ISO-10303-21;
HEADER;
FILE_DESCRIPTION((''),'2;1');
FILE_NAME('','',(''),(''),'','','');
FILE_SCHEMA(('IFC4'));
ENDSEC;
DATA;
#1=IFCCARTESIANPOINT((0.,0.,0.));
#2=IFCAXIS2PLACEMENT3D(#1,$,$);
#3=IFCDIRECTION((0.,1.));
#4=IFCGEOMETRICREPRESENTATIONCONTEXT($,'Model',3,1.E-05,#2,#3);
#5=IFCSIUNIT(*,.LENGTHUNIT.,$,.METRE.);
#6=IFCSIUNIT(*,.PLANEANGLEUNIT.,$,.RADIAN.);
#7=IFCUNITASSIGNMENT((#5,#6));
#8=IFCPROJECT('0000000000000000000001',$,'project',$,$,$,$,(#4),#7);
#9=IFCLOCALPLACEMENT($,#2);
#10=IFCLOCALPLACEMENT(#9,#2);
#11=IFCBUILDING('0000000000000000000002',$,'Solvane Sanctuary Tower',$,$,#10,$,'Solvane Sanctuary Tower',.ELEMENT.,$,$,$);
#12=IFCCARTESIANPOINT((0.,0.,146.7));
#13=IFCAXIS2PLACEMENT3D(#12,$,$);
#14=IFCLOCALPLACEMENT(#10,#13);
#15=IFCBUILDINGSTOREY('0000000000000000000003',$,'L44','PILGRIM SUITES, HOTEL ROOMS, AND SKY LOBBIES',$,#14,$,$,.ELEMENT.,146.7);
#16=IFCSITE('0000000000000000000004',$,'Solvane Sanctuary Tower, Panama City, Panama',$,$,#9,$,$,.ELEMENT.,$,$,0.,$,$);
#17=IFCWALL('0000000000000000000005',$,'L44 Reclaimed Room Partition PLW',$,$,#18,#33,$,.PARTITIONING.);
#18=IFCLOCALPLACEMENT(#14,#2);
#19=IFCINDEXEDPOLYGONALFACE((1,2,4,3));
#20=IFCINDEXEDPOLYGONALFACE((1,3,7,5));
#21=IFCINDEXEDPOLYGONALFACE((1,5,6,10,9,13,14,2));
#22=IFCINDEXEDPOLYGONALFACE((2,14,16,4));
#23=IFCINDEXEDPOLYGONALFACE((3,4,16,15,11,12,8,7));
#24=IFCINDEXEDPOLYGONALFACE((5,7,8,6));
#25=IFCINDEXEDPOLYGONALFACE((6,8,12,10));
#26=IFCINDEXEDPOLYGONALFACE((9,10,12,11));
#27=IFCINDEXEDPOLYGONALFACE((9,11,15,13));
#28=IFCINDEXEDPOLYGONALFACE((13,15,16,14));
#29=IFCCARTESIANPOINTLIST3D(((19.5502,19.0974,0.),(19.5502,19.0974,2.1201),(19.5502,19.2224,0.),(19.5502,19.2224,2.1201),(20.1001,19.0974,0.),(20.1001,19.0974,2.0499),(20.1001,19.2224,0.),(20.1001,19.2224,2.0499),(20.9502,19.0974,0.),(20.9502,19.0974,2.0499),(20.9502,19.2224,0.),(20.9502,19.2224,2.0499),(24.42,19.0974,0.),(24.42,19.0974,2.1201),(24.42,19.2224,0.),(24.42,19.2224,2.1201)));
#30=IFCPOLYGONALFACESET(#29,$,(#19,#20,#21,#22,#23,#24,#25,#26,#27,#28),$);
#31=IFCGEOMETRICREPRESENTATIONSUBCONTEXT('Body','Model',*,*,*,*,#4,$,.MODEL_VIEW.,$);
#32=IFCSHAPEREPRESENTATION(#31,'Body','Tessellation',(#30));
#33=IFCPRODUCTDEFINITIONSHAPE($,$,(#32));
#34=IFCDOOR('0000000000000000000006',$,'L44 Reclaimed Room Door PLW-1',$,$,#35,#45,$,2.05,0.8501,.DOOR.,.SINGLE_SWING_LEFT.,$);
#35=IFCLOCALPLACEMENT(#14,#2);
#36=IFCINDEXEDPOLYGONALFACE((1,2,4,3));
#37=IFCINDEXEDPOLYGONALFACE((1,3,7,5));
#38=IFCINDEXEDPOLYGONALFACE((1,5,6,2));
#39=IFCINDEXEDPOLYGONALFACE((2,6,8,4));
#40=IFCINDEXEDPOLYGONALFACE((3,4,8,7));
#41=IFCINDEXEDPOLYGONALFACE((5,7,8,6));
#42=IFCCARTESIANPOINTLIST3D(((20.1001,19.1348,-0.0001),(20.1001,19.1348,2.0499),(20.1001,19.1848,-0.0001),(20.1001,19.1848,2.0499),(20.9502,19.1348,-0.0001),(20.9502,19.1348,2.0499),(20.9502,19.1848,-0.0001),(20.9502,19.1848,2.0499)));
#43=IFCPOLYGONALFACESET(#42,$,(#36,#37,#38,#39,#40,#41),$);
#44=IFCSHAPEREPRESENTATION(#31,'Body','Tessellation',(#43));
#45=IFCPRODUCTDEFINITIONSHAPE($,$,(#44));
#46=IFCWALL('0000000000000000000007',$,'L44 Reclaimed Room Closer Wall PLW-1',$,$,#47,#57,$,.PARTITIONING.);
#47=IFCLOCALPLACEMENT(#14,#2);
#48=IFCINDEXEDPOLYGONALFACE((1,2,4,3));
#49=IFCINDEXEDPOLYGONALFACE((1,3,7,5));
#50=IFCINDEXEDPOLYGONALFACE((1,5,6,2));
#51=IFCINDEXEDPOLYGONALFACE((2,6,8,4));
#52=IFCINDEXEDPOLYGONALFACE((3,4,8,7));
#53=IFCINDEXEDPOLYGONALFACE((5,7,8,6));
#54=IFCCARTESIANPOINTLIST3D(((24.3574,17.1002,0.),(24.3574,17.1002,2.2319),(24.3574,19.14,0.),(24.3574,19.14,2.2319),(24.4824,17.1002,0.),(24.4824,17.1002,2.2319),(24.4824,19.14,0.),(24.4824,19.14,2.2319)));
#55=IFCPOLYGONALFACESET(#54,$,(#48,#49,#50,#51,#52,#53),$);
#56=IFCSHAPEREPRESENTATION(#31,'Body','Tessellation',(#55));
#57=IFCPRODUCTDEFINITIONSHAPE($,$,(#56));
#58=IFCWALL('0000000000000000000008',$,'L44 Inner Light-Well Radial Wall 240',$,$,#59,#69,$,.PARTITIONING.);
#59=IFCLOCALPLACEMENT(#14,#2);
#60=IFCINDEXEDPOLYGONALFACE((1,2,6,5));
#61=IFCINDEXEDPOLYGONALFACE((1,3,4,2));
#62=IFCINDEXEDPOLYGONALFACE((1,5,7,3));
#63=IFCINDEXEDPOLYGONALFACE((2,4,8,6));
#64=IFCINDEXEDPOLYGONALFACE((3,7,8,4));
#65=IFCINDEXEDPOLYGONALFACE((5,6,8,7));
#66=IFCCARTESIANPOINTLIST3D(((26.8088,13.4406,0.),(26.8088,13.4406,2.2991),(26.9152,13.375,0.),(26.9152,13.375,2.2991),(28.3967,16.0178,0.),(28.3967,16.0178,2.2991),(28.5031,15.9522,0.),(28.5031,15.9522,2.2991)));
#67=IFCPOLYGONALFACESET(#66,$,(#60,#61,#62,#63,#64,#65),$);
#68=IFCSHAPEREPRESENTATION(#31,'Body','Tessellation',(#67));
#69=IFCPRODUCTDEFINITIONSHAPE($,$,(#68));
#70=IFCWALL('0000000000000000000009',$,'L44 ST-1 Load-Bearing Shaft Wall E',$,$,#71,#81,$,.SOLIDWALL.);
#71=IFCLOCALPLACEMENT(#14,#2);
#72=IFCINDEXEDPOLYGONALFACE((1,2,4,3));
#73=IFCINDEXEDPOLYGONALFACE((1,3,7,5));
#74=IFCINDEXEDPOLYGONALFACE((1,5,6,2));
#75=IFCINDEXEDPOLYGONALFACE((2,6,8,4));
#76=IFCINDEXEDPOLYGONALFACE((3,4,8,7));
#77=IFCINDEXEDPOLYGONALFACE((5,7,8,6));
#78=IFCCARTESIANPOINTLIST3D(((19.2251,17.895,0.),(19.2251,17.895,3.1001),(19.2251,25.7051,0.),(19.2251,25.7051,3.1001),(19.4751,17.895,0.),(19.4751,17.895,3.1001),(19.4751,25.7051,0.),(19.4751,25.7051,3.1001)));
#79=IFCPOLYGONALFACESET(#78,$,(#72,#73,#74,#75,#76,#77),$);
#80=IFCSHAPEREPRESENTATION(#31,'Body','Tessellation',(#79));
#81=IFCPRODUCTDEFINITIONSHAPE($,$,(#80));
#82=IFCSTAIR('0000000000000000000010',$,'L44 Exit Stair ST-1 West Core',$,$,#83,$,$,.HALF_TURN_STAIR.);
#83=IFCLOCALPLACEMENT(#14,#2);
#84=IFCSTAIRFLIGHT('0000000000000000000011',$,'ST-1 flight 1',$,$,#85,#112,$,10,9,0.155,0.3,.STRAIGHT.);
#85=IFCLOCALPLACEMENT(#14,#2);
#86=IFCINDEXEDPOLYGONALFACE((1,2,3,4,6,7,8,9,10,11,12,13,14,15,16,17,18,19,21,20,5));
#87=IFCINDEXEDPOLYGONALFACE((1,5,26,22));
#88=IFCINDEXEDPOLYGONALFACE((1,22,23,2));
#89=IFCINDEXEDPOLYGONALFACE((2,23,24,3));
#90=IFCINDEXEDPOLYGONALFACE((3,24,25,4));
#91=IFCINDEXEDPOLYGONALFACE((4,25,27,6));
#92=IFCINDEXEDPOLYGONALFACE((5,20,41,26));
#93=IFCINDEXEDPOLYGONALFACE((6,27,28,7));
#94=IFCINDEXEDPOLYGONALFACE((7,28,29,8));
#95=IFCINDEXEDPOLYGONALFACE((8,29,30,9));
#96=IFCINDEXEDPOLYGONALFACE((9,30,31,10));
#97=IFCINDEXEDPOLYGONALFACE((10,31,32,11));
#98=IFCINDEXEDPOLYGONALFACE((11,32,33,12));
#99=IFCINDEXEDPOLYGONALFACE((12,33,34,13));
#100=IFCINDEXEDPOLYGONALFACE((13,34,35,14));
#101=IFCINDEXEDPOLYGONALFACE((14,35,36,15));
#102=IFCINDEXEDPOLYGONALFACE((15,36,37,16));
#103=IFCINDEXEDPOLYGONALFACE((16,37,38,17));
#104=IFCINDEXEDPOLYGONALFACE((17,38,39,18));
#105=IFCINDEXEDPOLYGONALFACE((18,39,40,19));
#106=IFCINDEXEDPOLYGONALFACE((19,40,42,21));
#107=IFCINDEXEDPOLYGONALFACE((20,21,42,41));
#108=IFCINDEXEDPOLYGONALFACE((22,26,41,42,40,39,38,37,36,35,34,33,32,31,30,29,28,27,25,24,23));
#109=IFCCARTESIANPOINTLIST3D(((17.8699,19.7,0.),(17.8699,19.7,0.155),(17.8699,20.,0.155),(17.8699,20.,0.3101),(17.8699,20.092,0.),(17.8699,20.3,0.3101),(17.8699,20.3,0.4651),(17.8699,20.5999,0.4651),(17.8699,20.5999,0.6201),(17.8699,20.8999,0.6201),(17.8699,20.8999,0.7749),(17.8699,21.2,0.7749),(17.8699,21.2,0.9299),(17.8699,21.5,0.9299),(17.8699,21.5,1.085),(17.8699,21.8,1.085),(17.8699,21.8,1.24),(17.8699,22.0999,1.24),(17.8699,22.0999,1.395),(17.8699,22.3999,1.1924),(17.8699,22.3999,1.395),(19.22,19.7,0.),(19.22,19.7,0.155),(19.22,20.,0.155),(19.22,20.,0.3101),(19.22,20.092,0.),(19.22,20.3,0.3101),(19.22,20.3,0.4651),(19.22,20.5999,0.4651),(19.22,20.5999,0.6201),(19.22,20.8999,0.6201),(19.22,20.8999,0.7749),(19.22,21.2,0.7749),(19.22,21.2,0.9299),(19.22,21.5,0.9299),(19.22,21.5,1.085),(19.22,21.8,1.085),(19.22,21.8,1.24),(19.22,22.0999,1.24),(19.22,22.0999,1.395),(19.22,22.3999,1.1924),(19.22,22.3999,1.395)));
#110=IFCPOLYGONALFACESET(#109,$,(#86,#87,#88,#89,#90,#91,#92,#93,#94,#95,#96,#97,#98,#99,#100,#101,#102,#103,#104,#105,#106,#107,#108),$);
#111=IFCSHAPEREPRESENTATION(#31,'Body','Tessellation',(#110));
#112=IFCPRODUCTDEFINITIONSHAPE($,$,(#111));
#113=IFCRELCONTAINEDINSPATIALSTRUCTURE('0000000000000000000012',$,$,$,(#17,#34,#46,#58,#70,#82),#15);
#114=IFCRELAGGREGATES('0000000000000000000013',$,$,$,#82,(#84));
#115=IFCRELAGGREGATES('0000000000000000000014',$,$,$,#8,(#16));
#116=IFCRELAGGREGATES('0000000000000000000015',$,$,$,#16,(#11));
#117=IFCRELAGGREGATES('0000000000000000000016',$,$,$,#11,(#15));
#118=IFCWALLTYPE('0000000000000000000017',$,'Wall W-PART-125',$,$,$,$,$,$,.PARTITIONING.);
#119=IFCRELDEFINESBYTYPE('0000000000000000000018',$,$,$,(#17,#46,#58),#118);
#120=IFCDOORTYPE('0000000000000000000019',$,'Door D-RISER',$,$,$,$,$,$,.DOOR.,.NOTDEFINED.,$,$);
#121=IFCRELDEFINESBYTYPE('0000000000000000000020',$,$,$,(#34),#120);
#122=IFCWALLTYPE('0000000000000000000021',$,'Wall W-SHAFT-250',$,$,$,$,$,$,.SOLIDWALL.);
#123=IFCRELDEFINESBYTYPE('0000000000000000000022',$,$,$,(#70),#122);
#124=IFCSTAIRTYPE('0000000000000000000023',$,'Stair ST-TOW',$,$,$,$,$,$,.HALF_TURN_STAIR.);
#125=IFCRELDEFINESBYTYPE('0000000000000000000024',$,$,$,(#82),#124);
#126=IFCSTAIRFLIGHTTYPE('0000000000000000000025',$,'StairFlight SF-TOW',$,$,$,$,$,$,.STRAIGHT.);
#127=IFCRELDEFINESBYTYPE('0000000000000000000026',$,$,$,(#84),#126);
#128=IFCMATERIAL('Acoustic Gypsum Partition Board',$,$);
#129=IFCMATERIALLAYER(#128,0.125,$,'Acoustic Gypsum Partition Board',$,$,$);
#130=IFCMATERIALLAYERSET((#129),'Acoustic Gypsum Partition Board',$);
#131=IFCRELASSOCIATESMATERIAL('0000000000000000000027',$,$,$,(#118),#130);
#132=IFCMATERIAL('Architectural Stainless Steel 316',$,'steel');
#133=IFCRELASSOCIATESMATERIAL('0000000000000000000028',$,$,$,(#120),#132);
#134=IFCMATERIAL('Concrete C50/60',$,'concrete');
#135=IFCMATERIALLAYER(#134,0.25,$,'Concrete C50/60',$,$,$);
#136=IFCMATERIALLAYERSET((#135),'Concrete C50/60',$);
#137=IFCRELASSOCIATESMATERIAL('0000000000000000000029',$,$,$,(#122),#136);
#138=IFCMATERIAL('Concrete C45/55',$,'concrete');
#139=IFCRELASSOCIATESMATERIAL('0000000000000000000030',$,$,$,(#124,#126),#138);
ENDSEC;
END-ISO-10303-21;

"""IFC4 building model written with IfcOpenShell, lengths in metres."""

from ifc_helpers import new_model, si_unit, direction, frame, frame_2d, origin, place, context, subcontext, project, spatial, polyline, rectangle, outline, extrude, material, layer, layer_set, type_object, element, fill, aggregate, save


model = new_model("IFC4")

# Units and contexts
model_context = context("Model", 3, precision=1e-05, world=origin(), true_north=direction((0.0, 1.0)))
body_context = subcontext(model_context, "Body", "Model", "MODEL_VIEW")
ifc_project = project(units=[si_unit("LENGTHUNIT", "METRE"), si_unit("PLANEANGLEUNIT", "RADIAN")], contexts=[model_context])

# Site, building, storey
site_placement = place(None, origin())
site = spatial("IfcSite", under=ifc_project, at=site_placement, Name="Solvane Sanctuary Tower, Panama City, Panama", CompositionType="ELEMENT", RefElevation=0.0)
building_placement = place(site_placement, origin())
building = spatial("IfcBuilding", under=site, at=building_placement, Name="Solvane Sanctuary Tower", LongName="Solvane Sanctuary Tower", CompositionType="ELEMENT")
storey_placement = place(building_placement, frame((0.0, 0.0, 146.7)))
storey = spatial("IfcBuildingStorey", under=building, at=storey_placement, Name="L44", Description="PILGRIM SUITES, HOTEL ROOMS, AND SKY LOBBIES", CompositionType="ELEMENT", Elevation=146.7)

# Shared definitions
ifc_material_1 = material(Name="Concrete C50/60", Category="concrete")

# Wall, opening, door
ifc_material_2 = material(Name="Acoustic Gypsum Partition Board")
ifc_layer_1 = layer(ifc_material_2, 0.125, Name="Acoustic Gypsum Partition Board")
ifc_layer_set_1 = layer_set([ifc_layer_1], Name="Acoustic Gypsum Partition Board")
wall_type_1 = type_object("IfcWallType", Name="Wall W-PART-125", PredefinedType="PARTITIONING", material=ifc_layer_set_1)
wall_1_placement = place(storey_placement, frame((19.55, 19.1599, 0.0), z_axis=(0.0, 0.0, 1.0), x_axis=(1.0, 0.0, 0.0)))
wall_1 = element("IfcWall", 1, at=wall_1_placement, inside=storey, type_object=wall_type_1, Name="L44 Reclaimed Room Partition PLW", PredefinedType="PARTITIONING", context=body_context, shape_type="SweptSolid", body=[
    extrude(rectangle(XDim=4.8699, YDim=0.125, at=frame_2d((2.4351, 0.0))), origin(), (0.0, 0.0, 1.0), 2.1201),
])
opening_placement = place(wall_1_placement, frame((0.55, 0.0, 0.0)))
opening = element("IfcOpeningElement", 2, at=opening_placement, cuts=wall_1, PredefinedType="OPENING", context=body_context, shape_type="SweptSolid", body=[
    extrude(rectangle(XDim=0.8501, YDim=2.05, at=frame_2d((0.425, 1.0249))), frame((0.0, 0.0725, 0.0), z_axis=(0.0, -1.0, 0.0), x_axis=(1.0, 0.0, 0.0)), (0.0, 0.0, 1.0), 0.145),
])
ifc_material_3 = material(Name="Architectural Stainless Steel 316", Category="steel")
door_type = type_object("IfcDoorType", Name="Door D-RISER", OperationType="NOTDEFINED", PredefinedType="DOOR", material=ifc_material_3)
door_placement = place(opening_placement, origin())
door = element("IfcDoor", 3, at=door_placement, inside=storey, type_object=door_type, Name="L44 Reclaimed Room Door PLW-1", OperationType="SINGLE_SWING_LEFT", OverallHeight=2.05, OverallWidth=0.8501, PredefinedType="DOOR", context=body_context, shape_type="SweptSolid", body=[
    extrude(rectangle(XDim=0.8501, YDim=2.05, at=frame_2d((0.425, 1.0249))), frame((0.0, 0.0249, 0.0), z_axis=(0.0, -1.0, 0.0), x_axis=(1.0, 0.0, 0.0)), (0.0, 0.0, 1.0), 0.05),
])
fill(opening, door)

# Walls
wall_2_placement = place(storey_placement, frame((24.4199, 17.1001, 0.0), z_axis=(0.0, 0.0, 1.0), x_axis=(0.0, 1.0, 0.0)))
element("IfcWall", 4, at=wall_2_placement, inside=storey, type_object=wall_type_1, Name="L44 Reclaimed Room Closer Wall PLW-1", PredefinedType="PARTITIONING", context=body_context, shape_type="SweptSolid", body=[
    extrude(rectangle(XDim=2.0398, YDim=0.125, at=frame_2d((1.02, 0.0))), origin(), (0.0, 0.0, 1.0), 2.2319),
])
wall_3_placement = place(storey_placement, frame((28.45, 15.9851, 0.0), z_axis=(0.0, 0.0, 1.0), x_axis=(-0.524565, -0.85137, 0.0)))
element("IfcWall", 5, at=wall_3_placement, inside=storey, type_object=wall_type_1, Name="L44 Inner Light-Well Radial Wall 240", PredefinedType="PARTITIONING", context=body_context, shape_type="SweptSolid", body=[
    extrude(rectangle(XDim=3.0271, YDim=0.125, at=frame_2d((1.5137, 0.0))), origin(), (0.0, 0.0, 1.0), 2.2991),
])
ifc_layer_2 = layer(ifc_material_1, 0.25, Name="Concrete C50/60")
ifc_layer_set_2 = layer_set([ifc_layer_2], Name="Concrete C50/60")
wall_type_2 = type_object("IfcWallType", Name="Wall W-SHAFT-250", PredefinedType="SOLIDWALL", material=ifc_layer_set_2)
wall_4_placement = place(storey_placement, frame((19.3501, 17.895, 0.0), z_axis=(0.0, 0.0, 1.0), x_axis=(0.0, 1.0, 0.0)))
element("IfcWall", 6, at=wall_4_placement, inside=storey, type_object=wall_type_2, Name="L44 ST-1 Load-Bearing Shaft Wall E", PredefinedType="SOLIDWALL", context=body_context, shape_type="SweptSolid", body=[
    extrude(rectangle(XDim=7.8101, YDim=0.25, at=frame_2d((3.905, 0.0))), origin(), (0.0, 0.0, 1.0), 3.1001),
])

# Stair, stair flight
ifc_material_4 = material(Name="Concrete C45/55", Category="concrete")
stair_type = type_object("IfcStairType", Name="Stair ST-TOW", PredefinedType="HALF_TURN_STAIR", material=ifc_material_4)
stair_placement = place(storey_placement, origin())
stair = element("IfcStair", 7, at=stair_placement, inside=storey, type_object=stair_type, Name="L44 Exit Stair ST-1 West Core", PredefinedType="HALF_TURN_STAIR")
stair_flight_type = type_object("IfcStairFlightType", Name="StairFlight SF-TOW", PredefinedType="STRAIGHT", material=ifc_material_4)
stair_flight_placement = place(storey_placement, frame((18.5449, 19.7, 0.0), z_axis=(0.0, 0.0, 1.0), x_axis=(0.0, 1.0, 0.0)))
stair_flight = element("IfcStairFlight", 8, at=stair_flight_placement, type_object=stair_flight_type, Name="ST-1 flight 1", NumberOfRisers=10, NumberOfTreads=9, PredefinedType="STRAIGHT", RiserHeight=0.155, TreadLength=0.3, context=body_context, shape_type="SweptSolid", body=[
    extrude(outline(polyline([(0.0, 0.0), (0.0, 0.155), (0.3, 0.155), (0.3, 0.3101), (0.6001, 0.3101), (0.6001, 0.4651), (0.8999, 0.4651), (0.8999, 0.6201), (1.2, 0.6201), (1.2, 0.7749), (1.5, 0.7749), (1.5, 0.9299), (1.8, 0.9299), (1.8, 1.085), (2.1001, 1.085), (2.1001, 1.24), (2.3999, 1.24), (2.3999, 1.395), (2.7, 1.395), (2.7, 1.55), (2.7, 1.1924), (0.3921, 0.0), (0.0, 0.0)])), frame((0.0, 0.675, 0.0), z_axis=(0.0, -1.0, 0.0), x_axis=(1.0, 0.0, 0.0)), (0.0, 0.0, 1.0), 1.3501),
])
aggregate(stair, [stair_flight])

save(model, "model.ifc")
